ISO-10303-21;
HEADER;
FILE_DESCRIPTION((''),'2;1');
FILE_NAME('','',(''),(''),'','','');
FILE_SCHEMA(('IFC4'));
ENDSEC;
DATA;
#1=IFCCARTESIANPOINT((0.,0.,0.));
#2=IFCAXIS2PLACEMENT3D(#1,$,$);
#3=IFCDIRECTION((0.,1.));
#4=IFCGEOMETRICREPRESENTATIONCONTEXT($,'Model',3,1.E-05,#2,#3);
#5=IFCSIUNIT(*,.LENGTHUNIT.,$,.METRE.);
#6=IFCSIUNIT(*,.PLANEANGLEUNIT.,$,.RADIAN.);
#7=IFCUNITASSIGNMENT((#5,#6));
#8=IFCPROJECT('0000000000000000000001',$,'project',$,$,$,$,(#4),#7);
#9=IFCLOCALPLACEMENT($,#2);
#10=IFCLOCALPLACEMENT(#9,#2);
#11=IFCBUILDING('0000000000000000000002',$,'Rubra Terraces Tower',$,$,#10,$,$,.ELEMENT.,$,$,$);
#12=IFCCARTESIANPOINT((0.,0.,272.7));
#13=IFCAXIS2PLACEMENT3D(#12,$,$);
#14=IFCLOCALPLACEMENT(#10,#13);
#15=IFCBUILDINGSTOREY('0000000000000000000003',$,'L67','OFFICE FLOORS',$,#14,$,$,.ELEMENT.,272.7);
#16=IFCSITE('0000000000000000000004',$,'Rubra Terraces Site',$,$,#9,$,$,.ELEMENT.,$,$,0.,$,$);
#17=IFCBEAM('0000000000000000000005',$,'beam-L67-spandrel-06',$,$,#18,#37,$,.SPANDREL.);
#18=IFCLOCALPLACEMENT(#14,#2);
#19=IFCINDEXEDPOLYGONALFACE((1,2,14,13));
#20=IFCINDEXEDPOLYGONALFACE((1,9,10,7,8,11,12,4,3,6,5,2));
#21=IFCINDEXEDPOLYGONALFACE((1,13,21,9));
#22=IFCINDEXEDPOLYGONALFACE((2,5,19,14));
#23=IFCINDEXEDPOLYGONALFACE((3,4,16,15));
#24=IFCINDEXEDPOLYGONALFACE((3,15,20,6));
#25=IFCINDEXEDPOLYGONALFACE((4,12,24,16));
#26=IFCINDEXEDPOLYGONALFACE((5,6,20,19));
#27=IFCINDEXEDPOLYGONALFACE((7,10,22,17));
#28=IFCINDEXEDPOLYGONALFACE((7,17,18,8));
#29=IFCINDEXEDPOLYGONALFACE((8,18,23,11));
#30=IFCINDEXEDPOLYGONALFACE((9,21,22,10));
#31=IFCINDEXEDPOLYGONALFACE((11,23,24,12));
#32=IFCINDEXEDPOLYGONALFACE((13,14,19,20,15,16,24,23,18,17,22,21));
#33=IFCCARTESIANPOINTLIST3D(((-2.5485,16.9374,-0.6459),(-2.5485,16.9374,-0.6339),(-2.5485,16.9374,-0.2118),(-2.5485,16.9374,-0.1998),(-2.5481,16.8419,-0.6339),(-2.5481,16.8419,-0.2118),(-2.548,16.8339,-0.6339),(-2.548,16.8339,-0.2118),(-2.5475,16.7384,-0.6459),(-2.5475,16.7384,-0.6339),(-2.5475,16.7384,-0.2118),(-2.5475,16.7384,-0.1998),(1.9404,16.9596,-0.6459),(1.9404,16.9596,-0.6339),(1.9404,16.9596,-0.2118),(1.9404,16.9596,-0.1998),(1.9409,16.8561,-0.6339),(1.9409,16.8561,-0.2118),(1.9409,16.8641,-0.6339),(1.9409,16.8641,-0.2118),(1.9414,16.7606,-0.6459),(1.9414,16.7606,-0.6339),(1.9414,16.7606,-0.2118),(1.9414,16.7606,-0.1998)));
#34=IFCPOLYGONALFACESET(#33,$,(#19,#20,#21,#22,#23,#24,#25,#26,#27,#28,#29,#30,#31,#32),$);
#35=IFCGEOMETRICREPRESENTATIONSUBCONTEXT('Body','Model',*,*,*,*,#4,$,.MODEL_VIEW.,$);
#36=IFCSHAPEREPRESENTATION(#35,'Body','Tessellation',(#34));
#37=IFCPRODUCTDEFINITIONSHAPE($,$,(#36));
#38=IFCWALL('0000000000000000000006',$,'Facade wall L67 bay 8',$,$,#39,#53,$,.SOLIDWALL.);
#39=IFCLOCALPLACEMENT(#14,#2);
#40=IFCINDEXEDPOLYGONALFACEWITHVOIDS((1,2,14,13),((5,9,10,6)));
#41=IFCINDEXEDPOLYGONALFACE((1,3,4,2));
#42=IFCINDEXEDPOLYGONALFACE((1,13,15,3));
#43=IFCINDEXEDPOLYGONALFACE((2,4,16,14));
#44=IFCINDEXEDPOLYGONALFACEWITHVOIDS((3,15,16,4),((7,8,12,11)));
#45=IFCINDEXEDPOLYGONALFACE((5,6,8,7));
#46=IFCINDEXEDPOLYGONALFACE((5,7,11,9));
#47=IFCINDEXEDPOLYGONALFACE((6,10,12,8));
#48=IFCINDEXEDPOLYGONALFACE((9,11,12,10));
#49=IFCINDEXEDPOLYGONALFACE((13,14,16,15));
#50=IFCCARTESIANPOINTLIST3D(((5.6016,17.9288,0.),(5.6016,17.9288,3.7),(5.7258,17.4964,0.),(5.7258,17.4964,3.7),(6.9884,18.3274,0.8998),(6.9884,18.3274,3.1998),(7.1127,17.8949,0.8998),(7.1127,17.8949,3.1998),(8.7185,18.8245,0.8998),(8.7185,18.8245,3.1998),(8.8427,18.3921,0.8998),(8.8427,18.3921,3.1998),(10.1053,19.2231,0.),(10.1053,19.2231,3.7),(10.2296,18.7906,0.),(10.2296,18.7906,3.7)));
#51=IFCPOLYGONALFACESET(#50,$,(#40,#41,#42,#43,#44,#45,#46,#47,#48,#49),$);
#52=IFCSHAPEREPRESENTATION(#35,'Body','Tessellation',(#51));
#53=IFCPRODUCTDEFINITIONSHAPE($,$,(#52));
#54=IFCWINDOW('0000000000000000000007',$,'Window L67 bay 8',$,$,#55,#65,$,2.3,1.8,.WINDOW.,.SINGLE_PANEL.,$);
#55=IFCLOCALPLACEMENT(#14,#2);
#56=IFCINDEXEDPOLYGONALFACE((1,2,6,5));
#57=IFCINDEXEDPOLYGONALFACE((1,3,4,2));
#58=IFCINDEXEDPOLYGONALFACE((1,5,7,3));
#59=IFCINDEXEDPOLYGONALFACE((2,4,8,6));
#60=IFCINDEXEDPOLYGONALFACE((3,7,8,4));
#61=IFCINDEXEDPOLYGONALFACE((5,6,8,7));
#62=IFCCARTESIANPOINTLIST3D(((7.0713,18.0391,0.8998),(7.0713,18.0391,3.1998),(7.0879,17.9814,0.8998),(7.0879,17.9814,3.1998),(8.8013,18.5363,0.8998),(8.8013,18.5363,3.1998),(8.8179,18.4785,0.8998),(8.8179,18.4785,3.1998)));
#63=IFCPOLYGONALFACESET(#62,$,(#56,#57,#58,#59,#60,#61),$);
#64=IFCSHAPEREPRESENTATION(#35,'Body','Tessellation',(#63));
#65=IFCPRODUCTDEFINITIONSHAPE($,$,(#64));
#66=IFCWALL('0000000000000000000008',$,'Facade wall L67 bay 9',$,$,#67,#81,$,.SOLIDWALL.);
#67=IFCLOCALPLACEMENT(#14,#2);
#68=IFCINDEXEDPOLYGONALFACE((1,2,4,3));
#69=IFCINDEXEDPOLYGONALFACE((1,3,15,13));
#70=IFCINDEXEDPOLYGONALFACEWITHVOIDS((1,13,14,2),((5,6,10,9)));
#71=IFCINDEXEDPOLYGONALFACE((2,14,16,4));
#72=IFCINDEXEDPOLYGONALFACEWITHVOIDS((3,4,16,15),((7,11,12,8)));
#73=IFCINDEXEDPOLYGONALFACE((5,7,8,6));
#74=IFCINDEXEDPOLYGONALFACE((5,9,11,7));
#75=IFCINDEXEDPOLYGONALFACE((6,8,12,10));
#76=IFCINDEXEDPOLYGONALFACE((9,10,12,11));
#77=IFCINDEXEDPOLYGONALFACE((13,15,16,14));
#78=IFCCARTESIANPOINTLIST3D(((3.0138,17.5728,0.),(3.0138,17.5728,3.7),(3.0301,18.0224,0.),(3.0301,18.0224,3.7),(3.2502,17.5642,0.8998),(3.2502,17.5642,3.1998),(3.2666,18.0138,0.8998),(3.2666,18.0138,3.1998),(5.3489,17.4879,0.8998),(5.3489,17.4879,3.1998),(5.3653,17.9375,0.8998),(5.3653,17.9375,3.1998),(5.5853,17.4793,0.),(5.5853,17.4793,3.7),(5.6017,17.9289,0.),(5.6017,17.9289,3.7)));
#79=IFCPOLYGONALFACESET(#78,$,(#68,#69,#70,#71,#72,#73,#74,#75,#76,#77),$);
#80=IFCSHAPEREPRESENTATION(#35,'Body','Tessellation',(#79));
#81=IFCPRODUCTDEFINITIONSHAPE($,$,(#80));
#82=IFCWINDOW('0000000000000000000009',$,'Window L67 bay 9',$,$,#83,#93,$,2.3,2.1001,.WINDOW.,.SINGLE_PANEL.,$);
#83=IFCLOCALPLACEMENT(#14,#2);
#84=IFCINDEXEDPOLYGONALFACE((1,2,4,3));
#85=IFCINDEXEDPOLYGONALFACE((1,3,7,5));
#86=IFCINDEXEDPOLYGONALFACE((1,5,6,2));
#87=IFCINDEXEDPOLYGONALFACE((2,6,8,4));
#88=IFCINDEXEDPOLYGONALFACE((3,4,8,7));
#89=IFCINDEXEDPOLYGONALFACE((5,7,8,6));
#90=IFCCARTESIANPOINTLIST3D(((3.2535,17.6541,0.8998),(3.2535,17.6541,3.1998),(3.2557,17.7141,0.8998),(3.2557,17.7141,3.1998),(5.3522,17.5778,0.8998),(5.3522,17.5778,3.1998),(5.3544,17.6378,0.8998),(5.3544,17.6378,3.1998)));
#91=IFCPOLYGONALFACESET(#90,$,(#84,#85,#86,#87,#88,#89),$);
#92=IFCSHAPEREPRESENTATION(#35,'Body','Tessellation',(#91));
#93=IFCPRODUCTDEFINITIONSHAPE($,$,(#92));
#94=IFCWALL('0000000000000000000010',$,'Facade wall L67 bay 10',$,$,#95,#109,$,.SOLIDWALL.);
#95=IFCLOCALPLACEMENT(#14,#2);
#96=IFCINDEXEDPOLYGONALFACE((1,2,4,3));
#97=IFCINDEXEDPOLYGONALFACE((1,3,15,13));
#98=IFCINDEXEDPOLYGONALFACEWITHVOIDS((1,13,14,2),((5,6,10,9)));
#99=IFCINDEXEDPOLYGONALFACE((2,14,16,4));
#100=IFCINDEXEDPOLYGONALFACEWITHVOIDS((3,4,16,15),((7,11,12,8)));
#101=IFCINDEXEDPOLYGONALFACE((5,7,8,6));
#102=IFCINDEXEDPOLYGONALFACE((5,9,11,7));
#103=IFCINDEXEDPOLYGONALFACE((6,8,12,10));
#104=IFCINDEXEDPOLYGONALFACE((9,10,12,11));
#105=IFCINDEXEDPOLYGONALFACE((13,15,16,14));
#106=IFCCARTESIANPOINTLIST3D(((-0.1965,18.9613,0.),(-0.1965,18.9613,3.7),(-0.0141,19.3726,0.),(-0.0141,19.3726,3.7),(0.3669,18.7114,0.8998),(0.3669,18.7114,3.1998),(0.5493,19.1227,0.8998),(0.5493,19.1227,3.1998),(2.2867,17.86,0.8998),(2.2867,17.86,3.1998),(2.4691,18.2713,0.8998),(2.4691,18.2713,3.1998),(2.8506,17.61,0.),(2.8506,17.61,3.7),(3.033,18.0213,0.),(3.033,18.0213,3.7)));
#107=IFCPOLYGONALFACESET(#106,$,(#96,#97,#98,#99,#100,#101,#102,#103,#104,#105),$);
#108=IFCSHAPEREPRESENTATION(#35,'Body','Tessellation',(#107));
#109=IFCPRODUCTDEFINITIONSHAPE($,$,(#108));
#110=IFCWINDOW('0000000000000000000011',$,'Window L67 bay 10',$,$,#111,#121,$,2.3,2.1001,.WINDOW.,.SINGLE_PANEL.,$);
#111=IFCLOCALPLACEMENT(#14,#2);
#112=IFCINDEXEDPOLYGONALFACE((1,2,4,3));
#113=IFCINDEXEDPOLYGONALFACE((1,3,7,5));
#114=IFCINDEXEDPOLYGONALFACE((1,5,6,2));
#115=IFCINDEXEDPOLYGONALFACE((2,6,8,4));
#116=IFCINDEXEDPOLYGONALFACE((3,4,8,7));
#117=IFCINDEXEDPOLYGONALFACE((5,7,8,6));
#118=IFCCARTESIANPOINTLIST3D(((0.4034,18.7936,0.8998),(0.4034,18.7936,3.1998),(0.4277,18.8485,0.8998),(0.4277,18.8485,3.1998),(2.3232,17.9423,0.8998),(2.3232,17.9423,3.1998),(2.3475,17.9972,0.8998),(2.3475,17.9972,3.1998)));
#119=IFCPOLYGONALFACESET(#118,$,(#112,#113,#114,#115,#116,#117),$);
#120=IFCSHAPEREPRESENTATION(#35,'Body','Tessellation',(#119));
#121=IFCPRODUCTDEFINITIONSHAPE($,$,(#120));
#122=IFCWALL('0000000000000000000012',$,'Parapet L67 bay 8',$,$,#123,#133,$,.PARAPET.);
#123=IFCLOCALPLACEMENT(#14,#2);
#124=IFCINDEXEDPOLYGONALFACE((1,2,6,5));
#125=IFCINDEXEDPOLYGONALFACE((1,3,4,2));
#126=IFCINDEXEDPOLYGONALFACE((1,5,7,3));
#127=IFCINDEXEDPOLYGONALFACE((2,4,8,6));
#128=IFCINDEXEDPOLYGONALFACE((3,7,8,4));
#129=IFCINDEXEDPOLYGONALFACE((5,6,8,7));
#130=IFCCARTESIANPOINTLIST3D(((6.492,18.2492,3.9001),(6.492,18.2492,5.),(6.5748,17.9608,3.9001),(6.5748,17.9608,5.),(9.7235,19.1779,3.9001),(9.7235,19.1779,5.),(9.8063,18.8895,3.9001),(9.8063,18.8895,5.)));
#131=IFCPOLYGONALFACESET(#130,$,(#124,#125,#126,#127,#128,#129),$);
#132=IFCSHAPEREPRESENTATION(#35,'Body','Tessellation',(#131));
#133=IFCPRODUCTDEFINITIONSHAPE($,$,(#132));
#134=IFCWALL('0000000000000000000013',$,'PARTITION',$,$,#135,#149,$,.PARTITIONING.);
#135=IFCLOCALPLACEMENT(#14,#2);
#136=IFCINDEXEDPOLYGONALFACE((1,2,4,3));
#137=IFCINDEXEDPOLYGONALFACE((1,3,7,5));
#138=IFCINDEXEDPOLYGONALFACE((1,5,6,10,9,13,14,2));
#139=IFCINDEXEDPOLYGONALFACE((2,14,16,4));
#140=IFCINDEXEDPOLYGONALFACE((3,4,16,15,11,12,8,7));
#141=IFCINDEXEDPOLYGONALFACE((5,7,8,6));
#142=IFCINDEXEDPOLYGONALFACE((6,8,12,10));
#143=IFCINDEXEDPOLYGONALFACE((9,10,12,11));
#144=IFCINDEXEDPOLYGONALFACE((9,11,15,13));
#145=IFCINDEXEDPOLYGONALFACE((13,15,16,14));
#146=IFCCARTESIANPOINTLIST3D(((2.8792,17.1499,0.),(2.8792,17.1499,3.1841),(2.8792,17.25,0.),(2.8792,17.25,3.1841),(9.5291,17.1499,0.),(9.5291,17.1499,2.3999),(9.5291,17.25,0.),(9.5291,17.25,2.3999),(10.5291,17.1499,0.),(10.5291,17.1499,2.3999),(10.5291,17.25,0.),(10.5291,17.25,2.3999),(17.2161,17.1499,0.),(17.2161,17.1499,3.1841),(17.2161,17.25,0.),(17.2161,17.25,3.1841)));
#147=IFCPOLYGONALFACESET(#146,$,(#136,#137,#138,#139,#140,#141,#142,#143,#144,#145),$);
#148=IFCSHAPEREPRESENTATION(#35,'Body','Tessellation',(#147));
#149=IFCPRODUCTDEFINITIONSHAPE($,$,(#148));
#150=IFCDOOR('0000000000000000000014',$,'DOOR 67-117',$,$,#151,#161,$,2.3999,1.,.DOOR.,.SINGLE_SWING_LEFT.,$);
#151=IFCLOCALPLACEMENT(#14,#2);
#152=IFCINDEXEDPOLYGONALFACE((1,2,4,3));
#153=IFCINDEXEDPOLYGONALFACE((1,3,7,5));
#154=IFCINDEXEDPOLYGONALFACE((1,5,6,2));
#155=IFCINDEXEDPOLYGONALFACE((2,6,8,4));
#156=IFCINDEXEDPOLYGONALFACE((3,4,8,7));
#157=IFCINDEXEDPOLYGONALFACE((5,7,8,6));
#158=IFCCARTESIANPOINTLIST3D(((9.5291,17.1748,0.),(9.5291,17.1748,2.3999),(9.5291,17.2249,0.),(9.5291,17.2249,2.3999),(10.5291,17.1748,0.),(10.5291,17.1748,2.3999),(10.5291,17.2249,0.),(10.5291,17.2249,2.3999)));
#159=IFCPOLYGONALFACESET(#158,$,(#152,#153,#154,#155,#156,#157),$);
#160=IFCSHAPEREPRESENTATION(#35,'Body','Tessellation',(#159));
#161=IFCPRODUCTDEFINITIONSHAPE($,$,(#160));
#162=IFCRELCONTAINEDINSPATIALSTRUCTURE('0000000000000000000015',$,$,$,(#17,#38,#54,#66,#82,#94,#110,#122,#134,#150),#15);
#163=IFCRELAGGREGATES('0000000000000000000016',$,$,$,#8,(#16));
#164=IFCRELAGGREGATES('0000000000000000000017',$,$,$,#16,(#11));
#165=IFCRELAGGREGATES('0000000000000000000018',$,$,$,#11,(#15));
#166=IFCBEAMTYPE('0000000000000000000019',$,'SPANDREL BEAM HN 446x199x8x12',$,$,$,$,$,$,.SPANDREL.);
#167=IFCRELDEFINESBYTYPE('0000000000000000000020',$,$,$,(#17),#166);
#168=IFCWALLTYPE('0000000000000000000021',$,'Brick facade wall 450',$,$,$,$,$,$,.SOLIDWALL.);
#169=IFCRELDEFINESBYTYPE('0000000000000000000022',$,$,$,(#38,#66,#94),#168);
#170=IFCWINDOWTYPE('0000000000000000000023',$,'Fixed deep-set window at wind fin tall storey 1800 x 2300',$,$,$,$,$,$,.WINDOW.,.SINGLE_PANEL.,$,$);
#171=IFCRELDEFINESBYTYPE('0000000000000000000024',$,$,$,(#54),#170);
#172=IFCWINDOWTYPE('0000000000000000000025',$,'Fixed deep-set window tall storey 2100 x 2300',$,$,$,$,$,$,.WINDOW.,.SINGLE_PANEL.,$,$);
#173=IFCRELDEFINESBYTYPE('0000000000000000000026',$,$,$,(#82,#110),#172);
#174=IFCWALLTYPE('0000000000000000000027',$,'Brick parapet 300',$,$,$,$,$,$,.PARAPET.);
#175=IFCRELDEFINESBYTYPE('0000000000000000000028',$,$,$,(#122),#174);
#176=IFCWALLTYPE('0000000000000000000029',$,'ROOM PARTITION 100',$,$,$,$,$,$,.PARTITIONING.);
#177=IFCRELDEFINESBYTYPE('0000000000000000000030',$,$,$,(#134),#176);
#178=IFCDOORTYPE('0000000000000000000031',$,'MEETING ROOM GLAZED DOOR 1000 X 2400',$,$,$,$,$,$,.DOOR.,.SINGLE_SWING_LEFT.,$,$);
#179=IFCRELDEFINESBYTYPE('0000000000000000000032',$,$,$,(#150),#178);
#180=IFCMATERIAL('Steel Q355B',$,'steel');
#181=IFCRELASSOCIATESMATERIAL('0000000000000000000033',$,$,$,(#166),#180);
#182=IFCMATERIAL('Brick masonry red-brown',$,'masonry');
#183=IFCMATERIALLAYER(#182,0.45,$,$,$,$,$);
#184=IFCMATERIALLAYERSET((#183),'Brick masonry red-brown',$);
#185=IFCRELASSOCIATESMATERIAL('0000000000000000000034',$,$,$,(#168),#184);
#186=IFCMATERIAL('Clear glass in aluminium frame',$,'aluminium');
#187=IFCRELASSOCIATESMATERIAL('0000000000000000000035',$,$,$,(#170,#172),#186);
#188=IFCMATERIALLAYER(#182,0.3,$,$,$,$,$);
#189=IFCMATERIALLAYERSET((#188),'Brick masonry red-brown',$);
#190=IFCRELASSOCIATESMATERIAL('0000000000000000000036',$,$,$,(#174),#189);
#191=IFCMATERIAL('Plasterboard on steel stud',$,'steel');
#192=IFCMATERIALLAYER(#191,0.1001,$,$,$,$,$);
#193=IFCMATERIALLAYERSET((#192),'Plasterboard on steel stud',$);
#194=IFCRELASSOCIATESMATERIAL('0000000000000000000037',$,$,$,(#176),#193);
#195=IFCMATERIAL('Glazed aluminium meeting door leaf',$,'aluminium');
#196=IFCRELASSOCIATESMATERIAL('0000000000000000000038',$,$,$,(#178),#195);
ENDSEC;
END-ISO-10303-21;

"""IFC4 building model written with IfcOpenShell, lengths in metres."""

from ifc_helpers import new_model, si_unit, direction, frame, frame_2d, origin, origin_2d, place, context, subcontext, project, spatial, rectangle, i_section, extrude, material, layer, layer_set, material_profile, profile_set, type_object, element, fill, save


model = new_model("IFC4")

# Units and contexts
model_context = context("Model", 3, precision=1e-05, world=origin(), true_north=direction((0.0, 1.0)))
body_context = subcontext(model_context, "Body", "Model", "MODEL_VIEW")
ifc_project = project(units=[si_unit("LENGTHUNIT", "METRE"), si_unit("PLANEANGLEUNIT", "RADIAN")], contexts=[model_context])

# Site, building, storey
site_placement = place(None, origin())
site = spatial("IfcSite", under=ifc_project, at=site_placement, Name="Rubra Terraces Site", CompositionType="ELEMENT", RefElevation=0.0)
building_placement = place(site_placement, origin())
building = spatial("IfcBuilding", under=site, at=building_placement, Name="Rubra Terraces Tower", CompositionType="ELEMENT")
storey_placement = place(building_placement, frame((0.0, 0.0, 272.7)))
storey = spatial("IfcBuildingStorey", under=building, at=storey_placement, Name="L67", Description="OFFICE FLOORS", CompositionType="ELEMENT", Elevation=272.7)

# Beam
ifc_material_1 = material(Name="Steel Q355B", Category="steel")
ifc_material_profile_1 = material_profile(ifc_material_1, i_section(OverallWidth=0.199, OverallDepth=0.446, WebThickness=0.0081, FlangeThickness=0.012, at=origin_2d()), Name="HN 446x199x8x12")
ifc_profile_set_1 = profile_set([ifc_material_profile_1], Name="Steel Q355B")
beam_type_1 = type_object("IfcBeamType", Name="SPANDREL BEAM HN 446x199x8x12", PredefinedType="SPANDREL", material=ifc_profile_set_1)
beam_1_placement = place(storey_placement, frame((1.9409, 16.8601, -0.4229), z_axis=(-0.999988, -0.004949, 0.0), x_axis=(0.004949, -0.999988, 0.0)))
element("IfcBeam", 1, at=beam_1_placement, inside=storey, type_object=beam_type_1, Name="beam-L67-spandrel-06", PredefinedType="SPANDREL", context=body_context, shape_type="SweptSolid", body=[
    extrude(i_section(OverallWidth=0.199, OverallDepth=0.446, WebThickness=0.0081, FlangeThickness=0.012, at=origin_2d()), origin(), (0.0, 0.0, 1.0), 4.489),
])

# Walls, openings, windows
ifc_material_2 = material(Name="Brick masonry red-brown", Category="masonry")
ifc_layer_1 = layer(ifc_material_2, 0.45)
ifc_layer_set_1 = layer_set([ifc_layer_1], Name="Brick masonry red-brown")
wall_type_1 = type_object("IfcWallType", Name="Brick facade wall 450", PredefinedType="SOLIDWALL", material=ifc_layer_set_1)
wall_1_placement = place(storey_placement, frame((10.1675, 19.0068, 0.0), z_axis=(0.0, 0.0, 1.0), x_axis=(-0.961104, -0.276187, 0.0)))
wall_1 = element("IfcWall", 2, at=wall_1_placement, inside=storey, type_object=wall_type_1, Name="Facade wall L67 bay 8", PredefinedType="SOLIDWALL", context=body_context, shape_type="SweptSolid", body=[
    extrude(rectangle(XDim=4.686, YDim=0.45, at=frame_2d((2.343, 0.0))), origin(), (0.0, 0.0, 1.0), 3.7),
])
opening_1_placement = place(wall_1_placement, frame((1.4431, 0.0, 0.8999)))
opening_1 = element("IfcOpeningElement", 3, at=opening_1_placement, cuts=wall_1, PredefinedType="OPENING", context=body_context, shape_type="SweptSolid", body=[
    extrude(rectangle(XDim=1.8, YDim=2.3, at=frame_2d((0.8999, 1.1499))), frame((0.0, 0.2349, 0.0), z_axis=(0.0, -1.0, 0.0), x_axis=(1.0, 0.0, 0.0)), (0.0, 0.0, 1.0), 0.47),
])
ifc_material_3 = material(Name="Clear glass in aluminium frame", Category="aluminium")
window_type_1 = type_object("IfcWindowType", Name="Fixed deep-set window at wind fin tall storey 1800 x 2300", PartitioningType="SINGLE_PANEL", PredefinedType="WINDOW", material=ifc_material_3)
window_1_placement = place(opening_1_placement, origin())
window_1 = element("IfcWindow", 4, at=window_1_placement, inside=storey, type_object=window_type_1, Name="Window L67 bay 8", OverallHeight=2.3, OverallWidth=1.8, PartitioningType="SINGLE_PANEL", PredefinedType="WINDOW", context=body_context, shape_type="SweptSolid", body=[
    extrude(rectangle(XDim=1.8, YDim=2.3, at=frame_2d((0.8999, 1.1499))), frame((0.0, 0.135, 0.0), z_axis=(0.0, -1.0, 0.0), x_axis=(1.0, 0.0, 0.0)), (0.0, 0.0, 1.0), 0.0601),
])
fill(opening_1, window_1)
wall_2_placement = place(storey_placement, frame((5.5935, 17.7041, 0.0), z_axis=(0.0, 0.0, 1.0), x_axis=(-0.99934, 0.036338, 0.0)))
wall_2 = element("IfcWall", 5, at=wall_2_placement, inside=storey, type_object=wall_type_1, Name="Facade wall L67 bay 9", PredefinedType="SOLIDWALL", context=body_context, shape_type="SweptSolid", body=[
    extrude(rectangle(XDim=2.5732, YDim=0.45, at=frame_2d((1.2866, 0.0))), origin(), (0.0, 0.0, 1.0), 3.7),
])
opening_2_placement = place(wall_2_placement, frame((0.2366, 0.0, 0.8999)))
opening_2 = element("IfcOpeningElement", 6, at=opening_2_placement, cuts=wall_2, PredefinedType="OPENING", context=body_context, shape_type="SweptSolid", body=[
    extrude(rectangle(XDim=2.1001, YDim=2.3, at=frame_2d((1.05, 1.1499))), frame((0.0, 0.2349, 0.0), z_axis=(0.0, -1.0, 0.0), x_axis=(1.0, 0.0, 0.0)), (0.0, 0.0, 1.0), 0.47),
])
window_type_2 = type_object("IfcWindowType", Name="Fixed deep-set window tall storey 2100 x 2300", PartitioningType="SINGLE_PANEL", PredefinedType="WINDOW", material=ifc_material_3)
window_2_placement = place(opening_2_placement, origin())
window_2 = element("IfcWindow", 7, at=window_2_placement, inside=storey, type_object=window_type_2, Name="Window L67 bay 9", OverallHeight=2.3, OverallWidth=2.1001, PartitioningType="SINGLE_PANEL", PredefinedType="WINDOW", context=body_context, shape_type="SweptSolid", body=[
    extrude(rectangle(XDim=2.1001, YDim=2.3, at=frame_2d((1.05, 1.1499))), frame((0.0, 0.135, 0.0), z_axis=(0.0, -1.0, 0.0), x_axis=(1.0, 0.0, 0.0)), (0.0, 0.0, 1.0), 0.0601),
])
fill(opening_2, window_2)
wall_3_placement = place(storey_placement, frame((2.9417, 17.8157, 0.0), z_axis=(0.0, 0.0, 1.0), x_axis=(-0.91414, 0.405398, 0.0)))
wall_3 = element("IfcWall", 8, at=wall_3_placement, inside=storey, type_object=wall_type_1, Name="Facade wall L67 bay 10", PredefinedType="SOLIDWALL", context=body_context, shape_type="SweptSolid", body=[
    extrude(rectangle(XDim=3.3333, YDim=0.45, at=frame_2d((1.6665, 0.0))), origin(), (0.0, 0.0, 1.0), 3.7),
])
opening_3_placement = place(wall_3_placement, frame((0.6167, 0.0, 0.8999)))
opening_3 = element("IfcOpeningElement", 9, at=opening_3_placement, cuts=wall_3, PredefinedType="OPENING", context=body_context, shape_type="SweptSolid", body=[
    extrude(rectangle(XDim=2.1001, YDim=2.3, at=frame_2d((1.05, 1.1499))), frame((0.0, 0.2349, 0.0), z_axis=(0.0, -1.0, 0.0), x_axis=(1.0, 0.0, 0.0)), (0.0, 0.0, 1.0), 0.47),
])
window_3_placement = place(opening_3_placement, origin())
window_3 = element("IfcWindow", 10, at=window_3_placement, inside=storey, type_object=window_type_2, Name="Window L67 bay 10", OverallHeight=2.3, OverallWidth=2.1001, PartitioningType="SINGLE_PANEL", PredefinedType="WINDOW", context=body_context, shape_type="SweptSolid", body=[
    extrude(rectangle(XDim=2.1001, YDim=2.3, at=frame_2d((1.05, 1.1499))), frame((0.0, 0.135, 0.0), z_axis=(0.0, -1.0, 0.0), x_axis=(1.0, 0.0, 0.0)), (0.0, 0.0, 1.0), 0.0601),
])
fill(opening_3, window_3)

# Wall
ifc_layer_2 = layer(ifc_material_2, 0.3)
ifc_layer_set_2 = layer_set([ifc_layer_2], Name="Brick masonry red-brown")
wall_type_2 = type_object("IfcWallType", Name="Brick parapet 300", PredefinedType="PARAPET", material=ifc_layer_set_2)
wall_4_placement = place(storey_placement, frame((9.7649, 19.0337, 3.9001), z_axis=(0.0, 0.0, 1.0), x_axis=(-0.961095, -0.276217, 0.0)))
element("IfcWall", 11, at=wall_4_placement, inside=storey, type_object=wall_type_2, Name="Parapet L67 bay 8", PredefinedType="PARAPET", context=body_context, shape_type="SweptSolid", body=[
    extrude(rectangle(XDim=3.3623, YDim=0.3, at=frame_2d((1.6812, 0.0))), origin(), (0.0, 0.0, 1.0), 1.0999),
])

# Wall, opening, door
ifc_material_4 = material(Name="Plasterboard on steel stud", Category="steel")
ifc_layer_3 = layer(ifc_material_4, 0.1001)
ifc_layer_set_3 = layer_set([ifc_layer_3], Name="Plasterboard on steel stud")
wall_type_3 = type_object("IfcWallType", Name="ROOM PARTITION 100", PredefinedType="PARTITIONING", material=ifc_layer_set_3)
wall_5_placement = place(storey_placement, frame((2.8792, 17.2, 0.0), z_axis=(0.0, 0.0, 1.0), x_axis=(1.0, 0.0, 0.0)))
wall_5 = element("IfcWall", 12, at=wall_5_placement, inside=storey, type_object=wall_type_3, Name="PARTITION", PredefinedType="PARTITIONING", context=body_context, shape_type="SweptSolid", body=[
    extrude(rectangle(XDim=14.3369, YDim=0.1001, at=frame_2d((7.1685, 0.0))), origin(), (0.0, 0.0, 1.0), 3.1841),
])
opening_4_placement = place(wall_5_placement, frame((6.6499, 0.0, 0.0)))
opening_4 = element("IfcOpeningElement", 13, at=opening_4_placement, cuts=wall_5, PredefinedType="OPENING", context=body_context, shape_type="SweptSolid", body=[
    extrude(rectangle(XDim=1.0, YDim=2.3999, at=frame_2d((0.5, 1.2))), frame((0.0, 0.0601, 0.0), z_axis=(0.0, -1.0, 0.0), x_axis=(1.0, 0.0, 0.0)), (0.0, 0.0, 1.0), 0.1201),
])
ifc_material_5 = material(Name="Glazed aluminium meeting door leaf", Category="aluminium")
door_type = type_object("IfcDoorType", Name="MEETING ROOM GLAZED DOOR 1000 X 2400", OperationType="SINGLE_SWING_LEFT", PredefinedType="DOOR", material=ifc_material_5)
door_placement = place(opening_4_placement, origin())
door = element("IfcDoor", 14, at=door_placement, inside=storey, type_object=door_type, Name="DOOR 67-117", OperationType="SINGLE_SWING_LEFT", OverallHeight=2.3999, OverallWidth=1.0, PredefinedType="DOOR", context=body_context, shape_type="SweptSolid", body=[
    extrude(rectangle(XDim=1.0, YDim=2.3999, at=frame_2d((0.5, 1.2))), frame((0.0, 0.0249, 0.0), z_axis=(0.0, -1.0, 0.0), x_axis=(1.0, 0.0, 0.0)), (0.0, 0.0, 1.0), 0.05),
])
fill(opening_4, door)

save(model, "model.ifc")
